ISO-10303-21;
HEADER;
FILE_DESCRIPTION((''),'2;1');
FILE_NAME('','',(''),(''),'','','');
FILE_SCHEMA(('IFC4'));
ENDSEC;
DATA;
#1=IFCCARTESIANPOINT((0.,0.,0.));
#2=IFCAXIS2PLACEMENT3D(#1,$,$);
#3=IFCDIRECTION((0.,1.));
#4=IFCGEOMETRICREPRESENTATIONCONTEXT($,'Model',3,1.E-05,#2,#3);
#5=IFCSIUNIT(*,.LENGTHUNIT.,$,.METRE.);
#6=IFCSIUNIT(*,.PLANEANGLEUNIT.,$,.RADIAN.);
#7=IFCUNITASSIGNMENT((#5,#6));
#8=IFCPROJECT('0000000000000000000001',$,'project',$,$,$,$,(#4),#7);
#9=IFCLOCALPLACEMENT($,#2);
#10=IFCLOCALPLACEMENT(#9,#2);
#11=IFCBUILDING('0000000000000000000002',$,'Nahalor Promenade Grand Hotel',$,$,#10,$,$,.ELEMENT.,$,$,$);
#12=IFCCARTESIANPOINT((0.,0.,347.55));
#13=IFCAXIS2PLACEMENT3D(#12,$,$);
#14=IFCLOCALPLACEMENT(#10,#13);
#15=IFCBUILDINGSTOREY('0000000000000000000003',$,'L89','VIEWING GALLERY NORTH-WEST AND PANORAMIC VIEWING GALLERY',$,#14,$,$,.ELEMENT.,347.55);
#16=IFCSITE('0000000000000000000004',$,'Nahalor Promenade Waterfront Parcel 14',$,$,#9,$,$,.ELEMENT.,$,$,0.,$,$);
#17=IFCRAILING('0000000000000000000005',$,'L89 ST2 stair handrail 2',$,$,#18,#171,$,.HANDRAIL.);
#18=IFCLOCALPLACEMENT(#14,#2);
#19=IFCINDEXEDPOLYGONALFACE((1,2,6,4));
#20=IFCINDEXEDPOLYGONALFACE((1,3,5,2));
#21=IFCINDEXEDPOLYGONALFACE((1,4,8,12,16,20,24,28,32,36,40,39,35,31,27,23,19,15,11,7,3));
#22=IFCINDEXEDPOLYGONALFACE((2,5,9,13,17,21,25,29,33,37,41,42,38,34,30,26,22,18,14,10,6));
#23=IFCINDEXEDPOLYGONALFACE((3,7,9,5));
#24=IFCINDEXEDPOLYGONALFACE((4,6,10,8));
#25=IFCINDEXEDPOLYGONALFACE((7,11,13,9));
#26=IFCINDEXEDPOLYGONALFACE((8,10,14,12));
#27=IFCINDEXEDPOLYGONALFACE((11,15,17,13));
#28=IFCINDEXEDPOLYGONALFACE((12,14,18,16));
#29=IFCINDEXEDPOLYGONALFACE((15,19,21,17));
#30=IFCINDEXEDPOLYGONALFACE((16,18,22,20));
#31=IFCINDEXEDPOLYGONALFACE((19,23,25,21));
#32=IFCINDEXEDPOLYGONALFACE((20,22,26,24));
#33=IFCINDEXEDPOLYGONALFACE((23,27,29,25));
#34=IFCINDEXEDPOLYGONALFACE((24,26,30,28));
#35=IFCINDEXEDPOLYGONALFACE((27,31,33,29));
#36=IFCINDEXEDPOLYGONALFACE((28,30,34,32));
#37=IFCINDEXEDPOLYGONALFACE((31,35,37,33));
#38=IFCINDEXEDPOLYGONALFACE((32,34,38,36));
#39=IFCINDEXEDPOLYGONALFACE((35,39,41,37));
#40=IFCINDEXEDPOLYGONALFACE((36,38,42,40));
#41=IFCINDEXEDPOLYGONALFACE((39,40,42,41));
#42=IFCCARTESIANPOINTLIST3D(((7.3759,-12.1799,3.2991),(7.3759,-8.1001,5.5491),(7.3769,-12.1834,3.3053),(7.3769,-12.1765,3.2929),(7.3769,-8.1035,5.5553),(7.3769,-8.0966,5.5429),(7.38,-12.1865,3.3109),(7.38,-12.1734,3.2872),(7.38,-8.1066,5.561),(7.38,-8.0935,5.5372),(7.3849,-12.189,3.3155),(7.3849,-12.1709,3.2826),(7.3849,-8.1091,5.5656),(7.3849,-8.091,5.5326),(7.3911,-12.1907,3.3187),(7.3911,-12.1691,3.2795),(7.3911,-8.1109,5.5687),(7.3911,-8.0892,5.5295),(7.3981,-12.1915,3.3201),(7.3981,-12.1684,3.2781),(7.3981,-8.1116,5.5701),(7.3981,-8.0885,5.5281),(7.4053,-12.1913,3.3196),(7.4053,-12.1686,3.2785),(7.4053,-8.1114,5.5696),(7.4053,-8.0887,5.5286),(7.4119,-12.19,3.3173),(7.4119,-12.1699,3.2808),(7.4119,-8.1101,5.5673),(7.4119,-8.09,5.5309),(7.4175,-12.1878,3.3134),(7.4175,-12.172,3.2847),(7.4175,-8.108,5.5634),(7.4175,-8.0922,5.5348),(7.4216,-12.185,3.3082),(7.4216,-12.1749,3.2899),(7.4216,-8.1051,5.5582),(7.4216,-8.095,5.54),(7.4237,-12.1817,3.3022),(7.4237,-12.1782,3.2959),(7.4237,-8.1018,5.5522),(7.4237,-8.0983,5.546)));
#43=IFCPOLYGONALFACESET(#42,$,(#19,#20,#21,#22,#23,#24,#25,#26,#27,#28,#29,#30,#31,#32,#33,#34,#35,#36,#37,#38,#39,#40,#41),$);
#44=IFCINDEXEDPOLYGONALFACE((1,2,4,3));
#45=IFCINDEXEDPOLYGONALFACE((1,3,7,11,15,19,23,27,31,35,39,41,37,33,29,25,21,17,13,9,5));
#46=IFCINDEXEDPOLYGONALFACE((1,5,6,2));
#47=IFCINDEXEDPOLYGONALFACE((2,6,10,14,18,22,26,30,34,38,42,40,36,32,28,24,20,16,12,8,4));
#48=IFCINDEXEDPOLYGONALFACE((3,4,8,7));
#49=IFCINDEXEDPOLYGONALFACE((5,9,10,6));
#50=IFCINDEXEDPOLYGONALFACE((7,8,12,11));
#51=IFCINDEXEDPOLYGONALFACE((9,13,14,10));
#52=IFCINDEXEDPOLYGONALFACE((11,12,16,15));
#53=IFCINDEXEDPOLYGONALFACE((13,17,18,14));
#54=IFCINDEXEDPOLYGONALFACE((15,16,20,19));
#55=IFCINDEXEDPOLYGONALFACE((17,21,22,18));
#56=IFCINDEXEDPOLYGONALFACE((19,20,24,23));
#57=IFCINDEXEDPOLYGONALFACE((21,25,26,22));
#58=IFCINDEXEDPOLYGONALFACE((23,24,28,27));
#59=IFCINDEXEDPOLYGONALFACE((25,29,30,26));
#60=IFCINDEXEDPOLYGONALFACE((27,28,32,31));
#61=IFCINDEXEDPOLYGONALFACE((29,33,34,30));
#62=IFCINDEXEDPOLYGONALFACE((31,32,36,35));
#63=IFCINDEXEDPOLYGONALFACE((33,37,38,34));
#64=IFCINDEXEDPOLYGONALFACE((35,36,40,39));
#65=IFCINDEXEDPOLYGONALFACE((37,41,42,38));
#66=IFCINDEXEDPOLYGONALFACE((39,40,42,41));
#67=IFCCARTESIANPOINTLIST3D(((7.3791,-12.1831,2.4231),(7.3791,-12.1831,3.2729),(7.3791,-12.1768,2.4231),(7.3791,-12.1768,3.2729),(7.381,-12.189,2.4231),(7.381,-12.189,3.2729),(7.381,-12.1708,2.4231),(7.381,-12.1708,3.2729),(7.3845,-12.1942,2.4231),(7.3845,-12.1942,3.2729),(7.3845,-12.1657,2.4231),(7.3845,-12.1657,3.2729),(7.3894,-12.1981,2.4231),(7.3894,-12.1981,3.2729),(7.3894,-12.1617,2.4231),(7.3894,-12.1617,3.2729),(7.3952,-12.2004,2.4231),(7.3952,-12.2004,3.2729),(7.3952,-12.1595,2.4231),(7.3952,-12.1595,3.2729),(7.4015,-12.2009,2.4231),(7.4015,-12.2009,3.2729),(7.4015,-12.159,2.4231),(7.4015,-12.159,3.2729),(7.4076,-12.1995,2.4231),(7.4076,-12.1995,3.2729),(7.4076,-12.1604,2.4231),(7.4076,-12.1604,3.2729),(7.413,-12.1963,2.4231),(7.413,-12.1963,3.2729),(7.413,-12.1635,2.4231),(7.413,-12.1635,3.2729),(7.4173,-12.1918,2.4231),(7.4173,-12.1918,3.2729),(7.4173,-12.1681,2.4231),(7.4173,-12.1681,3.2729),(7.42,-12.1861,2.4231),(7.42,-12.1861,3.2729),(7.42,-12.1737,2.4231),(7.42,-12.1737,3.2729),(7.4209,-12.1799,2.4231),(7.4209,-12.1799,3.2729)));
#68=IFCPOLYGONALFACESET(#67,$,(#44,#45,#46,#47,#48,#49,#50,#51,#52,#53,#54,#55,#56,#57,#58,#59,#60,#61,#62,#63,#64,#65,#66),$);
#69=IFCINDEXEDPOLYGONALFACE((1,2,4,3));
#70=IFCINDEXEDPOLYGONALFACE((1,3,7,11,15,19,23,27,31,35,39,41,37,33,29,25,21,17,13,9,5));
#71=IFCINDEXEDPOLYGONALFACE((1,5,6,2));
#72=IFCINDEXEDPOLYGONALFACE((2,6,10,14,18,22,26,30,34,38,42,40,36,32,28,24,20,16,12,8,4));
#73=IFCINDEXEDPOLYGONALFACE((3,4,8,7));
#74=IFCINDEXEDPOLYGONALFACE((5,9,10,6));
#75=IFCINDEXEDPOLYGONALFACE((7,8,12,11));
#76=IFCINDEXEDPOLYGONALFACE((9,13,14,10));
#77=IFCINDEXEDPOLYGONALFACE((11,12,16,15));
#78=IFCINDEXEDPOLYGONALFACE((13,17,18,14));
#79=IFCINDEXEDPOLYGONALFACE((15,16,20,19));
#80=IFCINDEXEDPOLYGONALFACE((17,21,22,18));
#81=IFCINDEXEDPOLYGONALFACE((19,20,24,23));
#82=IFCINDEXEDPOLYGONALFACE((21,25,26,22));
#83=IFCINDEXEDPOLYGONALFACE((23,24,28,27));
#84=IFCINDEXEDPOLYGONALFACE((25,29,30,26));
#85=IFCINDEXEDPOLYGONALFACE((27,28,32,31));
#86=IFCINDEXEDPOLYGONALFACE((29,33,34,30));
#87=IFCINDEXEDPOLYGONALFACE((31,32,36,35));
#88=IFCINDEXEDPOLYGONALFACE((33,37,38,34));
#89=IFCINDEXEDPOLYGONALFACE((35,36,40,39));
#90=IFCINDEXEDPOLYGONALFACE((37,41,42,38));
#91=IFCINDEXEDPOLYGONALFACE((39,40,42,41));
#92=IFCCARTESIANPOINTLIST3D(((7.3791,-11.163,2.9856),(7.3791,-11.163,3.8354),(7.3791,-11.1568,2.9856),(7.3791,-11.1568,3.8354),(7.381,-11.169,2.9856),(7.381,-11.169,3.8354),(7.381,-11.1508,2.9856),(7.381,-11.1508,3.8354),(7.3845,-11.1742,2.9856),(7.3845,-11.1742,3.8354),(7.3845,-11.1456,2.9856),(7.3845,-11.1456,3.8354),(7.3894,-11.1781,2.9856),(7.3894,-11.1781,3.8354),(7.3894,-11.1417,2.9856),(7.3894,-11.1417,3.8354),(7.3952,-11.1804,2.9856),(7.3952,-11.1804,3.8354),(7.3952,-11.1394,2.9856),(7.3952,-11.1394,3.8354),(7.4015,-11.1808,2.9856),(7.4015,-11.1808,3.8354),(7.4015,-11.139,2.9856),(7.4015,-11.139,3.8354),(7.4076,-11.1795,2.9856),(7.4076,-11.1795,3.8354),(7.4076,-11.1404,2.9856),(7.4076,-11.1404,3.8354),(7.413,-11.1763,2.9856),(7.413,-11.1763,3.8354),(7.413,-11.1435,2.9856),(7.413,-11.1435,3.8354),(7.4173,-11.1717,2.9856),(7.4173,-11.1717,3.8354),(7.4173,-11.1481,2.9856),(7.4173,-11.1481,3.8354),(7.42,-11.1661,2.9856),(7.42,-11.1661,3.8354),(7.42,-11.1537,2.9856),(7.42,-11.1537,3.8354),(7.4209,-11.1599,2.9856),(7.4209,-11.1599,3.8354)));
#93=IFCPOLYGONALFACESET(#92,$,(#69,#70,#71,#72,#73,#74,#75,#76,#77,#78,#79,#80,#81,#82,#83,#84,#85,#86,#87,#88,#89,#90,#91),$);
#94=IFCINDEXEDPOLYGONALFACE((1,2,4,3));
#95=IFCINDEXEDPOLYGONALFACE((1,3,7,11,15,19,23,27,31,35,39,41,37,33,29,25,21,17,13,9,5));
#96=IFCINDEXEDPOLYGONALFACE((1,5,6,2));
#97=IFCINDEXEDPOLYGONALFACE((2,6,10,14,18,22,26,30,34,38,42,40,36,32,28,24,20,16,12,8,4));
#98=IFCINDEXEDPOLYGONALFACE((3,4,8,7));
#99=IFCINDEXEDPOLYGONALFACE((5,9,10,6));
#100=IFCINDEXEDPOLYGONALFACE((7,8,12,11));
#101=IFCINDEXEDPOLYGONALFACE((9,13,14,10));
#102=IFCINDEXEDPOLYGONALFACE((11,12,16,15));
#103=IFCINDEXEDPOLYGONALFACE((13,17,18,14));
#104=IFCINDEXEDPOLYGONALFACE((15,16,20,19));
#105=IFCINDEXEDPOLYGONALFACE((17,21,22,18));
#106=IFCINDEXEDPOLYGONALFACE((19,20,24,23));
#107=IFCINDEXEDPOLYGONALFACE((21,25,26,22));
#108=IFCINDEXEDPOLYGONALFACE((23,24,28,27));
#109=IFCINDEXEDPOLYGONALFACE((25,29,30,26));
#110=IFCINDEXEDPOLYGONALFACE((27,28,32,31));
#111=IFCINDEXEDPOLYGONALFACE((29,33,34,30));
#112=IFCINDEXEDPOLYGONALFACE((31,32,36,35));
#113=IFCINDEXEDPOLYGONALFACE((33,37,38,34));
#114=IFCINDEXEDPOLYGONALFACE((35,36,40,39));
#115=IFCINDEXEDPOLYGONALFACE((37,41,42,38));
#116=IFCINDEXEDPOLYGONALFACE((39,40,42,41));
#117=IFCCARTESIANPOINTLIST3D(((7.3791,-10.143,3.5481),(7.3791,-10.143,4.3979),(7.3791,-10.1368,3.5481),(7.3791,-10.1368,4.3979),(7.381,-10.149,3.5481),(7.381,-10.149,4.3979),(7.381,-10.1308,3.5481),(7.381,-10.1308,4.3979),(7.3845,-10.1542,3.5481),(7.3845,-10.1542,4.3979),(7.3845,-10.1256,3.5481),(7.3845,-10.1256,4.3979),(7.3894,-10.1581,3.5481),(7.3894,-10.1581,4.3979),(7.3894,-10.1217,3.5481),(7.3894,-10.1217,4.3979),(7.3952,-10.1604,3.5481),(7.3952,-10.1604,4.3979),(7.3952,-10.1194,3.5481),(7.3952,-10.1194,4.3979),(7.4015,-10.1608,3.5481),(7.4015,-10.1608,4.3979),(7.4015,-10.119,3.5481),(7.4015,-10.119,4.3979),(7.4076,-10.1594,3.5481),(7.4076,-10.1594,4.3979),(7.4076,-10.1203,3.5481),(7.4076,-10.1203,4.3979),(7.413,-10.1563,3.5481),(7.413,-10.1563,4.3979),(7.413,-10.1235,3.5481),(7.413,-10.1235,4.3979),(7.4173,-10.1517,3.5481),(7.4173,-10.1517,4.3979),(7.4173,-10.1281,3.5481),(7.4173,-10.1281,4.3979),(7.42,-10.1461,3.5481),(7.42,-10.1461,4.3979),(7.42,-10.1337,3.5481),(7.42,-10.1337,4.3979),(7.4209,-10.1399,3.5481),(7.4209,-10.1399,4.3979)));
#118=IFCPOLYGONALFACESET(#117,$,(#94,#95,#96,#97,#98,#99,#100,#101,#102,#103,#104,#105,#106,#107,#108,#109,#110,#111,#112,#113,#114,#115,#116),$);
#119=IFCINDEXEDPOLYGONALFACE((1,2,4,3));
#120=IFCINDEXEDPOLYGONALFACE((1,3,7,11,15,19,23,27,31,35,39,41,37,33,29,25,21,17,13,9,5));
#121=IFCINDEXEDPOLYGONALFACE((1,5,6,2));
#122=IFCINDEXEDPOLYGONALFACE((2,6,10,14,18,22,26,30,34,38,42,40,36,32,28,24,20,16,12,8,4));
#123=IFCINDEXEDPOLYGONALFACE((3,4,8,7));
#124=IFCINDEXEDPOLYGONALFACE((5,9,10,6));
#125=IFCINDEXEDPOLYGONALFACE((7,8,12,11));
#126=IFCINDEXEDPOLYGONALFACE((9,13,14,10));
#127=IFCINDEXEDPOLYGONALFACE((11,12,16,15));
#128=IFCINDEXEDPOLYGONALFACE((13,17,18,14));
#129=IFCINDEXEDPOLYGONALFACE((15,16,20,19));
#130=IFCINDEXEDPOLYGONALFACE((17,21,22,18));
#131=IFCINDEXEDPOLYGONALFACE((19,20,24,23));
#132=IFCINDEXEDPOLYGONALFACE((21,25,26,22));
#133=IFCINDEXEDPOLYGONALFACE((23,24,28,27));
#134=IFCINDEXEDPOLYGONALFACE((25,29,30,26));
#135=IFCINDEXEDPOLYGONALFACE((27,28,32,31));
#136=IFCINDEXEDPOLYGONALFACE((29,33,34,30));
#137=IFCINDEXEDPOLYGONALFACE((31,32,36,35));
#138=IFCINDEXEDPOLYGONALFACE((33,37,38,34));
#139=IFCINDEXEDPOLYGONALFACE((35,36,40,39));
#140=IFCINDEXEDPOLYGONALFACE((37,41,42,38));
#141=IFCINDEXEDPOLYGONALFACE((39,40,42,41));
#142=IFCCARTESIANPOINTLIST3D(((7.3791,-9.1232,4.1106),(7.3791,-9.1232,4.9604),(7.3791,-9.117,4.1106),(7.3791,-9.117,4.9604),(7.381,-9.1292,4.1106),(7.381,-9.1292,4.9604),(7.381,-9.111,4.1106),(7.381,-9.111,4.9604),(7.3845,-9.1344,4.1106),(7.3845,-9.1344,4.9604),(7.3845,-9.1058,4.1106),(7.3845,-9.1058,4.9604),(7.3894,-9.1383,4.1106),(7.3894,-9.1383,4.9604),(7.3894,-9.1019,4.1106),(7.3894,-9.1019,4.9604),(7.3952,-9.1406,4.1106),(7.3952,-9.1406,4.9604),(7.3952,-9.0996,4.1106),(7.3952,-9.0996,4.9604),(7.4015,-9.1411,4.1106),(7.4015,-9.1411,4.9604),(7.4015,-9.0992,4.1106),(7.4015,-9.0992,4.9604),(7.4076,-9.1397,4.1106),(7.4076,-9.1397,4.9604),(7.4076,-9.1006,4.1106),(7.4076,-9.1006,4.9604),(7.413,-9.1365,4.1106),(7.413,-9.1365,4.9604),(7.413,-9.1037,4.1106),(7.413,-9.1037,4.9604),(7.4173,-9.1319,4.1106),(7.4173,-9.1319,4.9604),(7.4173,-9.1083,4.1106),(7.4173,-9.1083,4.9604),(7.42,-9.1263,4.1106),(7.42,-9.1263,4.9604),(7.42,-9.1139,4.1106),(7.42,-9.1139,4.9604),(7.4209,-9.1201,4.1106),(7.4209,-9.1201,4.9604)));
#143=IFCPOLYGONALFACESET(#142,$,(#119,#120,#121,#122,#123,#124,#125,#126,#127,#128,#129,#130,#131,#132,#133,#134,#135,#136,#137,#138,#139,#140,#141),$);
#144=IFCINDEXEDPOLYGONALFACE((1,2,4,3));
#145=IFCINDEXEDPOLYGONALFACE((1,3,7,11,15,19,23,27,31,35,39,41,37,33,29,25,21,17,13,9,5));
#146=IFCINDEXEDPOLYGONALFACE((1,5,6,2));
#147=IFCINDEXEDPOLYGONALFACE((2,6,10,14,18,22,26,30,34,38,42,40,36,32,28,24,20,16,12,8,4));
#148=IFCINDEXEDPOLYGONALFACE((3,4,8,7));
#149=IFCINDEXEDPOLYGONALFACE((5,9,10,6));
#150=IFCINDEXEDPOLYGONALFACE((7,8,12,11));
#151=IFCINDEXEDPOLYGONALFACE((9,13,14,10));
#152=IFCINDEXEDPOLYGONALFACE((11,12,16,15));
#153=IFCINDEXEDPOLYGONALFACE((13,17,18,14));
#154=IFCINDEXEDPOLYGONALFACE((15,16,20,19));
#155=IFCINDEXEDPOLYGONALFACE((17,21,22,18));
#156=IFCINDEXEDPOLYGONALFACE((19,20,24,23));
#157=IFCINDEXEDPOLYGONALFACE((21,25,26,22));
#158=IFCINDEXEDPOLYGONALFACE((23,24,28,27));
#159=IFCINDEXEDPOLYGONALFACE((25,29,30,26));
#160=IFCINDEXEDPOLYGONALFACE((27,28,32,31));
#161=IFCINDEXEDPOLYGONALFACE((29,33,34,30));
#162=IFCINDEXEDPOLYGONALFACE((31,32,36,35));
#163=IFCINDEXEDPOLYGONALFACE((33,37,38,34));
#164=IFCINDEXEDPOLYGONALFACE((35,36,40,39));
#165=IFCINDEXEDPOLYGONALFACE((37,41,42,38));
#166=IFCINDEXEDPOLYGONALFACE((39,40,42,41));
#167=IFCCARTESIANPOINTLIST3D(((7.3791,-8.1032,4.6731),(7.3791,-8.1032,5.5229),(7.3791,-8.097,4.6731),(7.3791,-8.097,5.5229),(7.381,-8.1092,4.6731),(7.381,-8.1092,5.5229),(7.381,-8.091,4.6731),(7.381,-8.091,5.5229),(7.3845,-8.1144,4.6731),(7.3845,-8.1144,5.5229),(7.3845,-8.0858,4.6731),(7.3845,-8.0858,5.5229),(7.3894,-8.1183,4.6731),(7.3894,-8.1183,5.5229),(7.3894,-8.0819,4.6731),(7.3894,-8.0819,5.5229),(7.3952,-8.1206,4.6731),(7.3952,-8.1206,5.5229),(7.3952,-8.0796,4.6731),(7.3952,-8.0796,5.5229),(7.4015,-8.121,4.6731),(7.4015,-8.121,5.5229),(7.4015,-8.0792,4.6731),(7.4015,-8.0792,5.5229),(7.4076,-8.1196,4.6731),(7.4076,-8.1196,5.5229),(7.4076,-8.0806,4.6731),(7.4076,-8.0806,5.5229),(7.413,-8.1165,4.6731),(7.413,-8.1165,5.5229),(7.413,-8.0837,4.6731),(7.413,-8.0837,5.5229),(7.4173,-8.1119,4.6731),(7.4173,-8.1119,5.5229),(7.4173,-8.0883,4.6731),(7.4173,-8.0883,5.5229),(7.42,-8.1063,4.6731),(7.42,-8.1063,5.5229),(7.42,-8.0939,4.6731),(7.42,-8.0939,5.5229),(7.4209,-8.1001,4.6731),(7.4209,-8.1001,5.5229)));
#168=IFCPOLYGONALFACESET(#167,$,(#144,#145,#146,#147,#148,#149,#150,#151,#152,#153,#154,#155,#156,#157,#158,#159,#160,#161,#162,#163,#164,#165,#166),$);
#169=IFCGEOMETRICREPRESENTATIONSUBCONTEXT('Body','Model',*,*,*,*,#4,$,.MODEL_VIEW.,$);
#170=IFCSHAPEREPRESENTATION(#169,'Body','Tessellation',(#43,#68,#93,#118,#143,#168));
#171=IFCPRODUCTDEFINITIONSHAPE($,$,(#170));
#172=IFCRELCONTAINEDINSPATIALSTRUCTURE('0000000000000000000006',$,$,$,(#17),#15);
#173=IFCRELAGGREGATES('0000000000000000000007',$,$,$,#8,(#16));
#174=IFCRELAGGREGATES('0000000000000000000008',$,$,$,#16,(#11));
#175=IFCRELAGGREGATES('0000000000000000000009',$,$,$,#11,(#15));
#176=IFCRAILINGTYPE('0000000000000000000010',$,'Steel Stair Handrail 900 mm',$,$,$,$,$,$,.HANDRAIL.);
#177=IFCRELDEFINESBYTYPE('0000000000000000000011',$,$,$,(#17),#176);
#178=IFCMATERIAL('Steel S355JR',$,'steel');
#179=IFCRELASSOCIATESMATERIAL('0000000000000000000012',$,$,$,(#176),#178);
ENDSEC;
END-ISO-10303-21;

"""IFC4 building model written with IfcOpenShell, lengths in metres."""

from ifc_helpers import new_model, si_unit, direction, frame, origin, origin_2d, place, context, subcontext, project, spatial, circle, extrude, material, type_object, element, save


model = new_model("IFC4")

# Units and contexts
model_context = context("Model", 3, precision=1e-05, world=origin(), true_north=direction((0.0, 1.0)))
body_context = subcontext(model_context, "Body", "Model", "MODEL_VIEW")
ifc_project = project(units=[si_unit("LENGTHUNIT", "METRE"), si_unit("PLANEANGLEUNIT", "RADIAN")], contexts=[model_context])

# Site, building, storey
site_placement = place(None, origin())
site = spatial("IfcSite", under=ifc_project, at=site_placement, Name="Nahalor Promenade Waterfront Parcel 14", CompositionType="ELEMENT", RefElevation=0.0)
building_placement = place(site_placement, origin())
building = spatial("IfcBuilding", under=site, at=building_placement, Name="Nahalor Promenade Grand Hotel", CompositionType="ELEMENT")
storey_placement = place(building_placement, frame((0.0, 0.0, 347.55)))
storey = spatial("IfcBuildingStorey", under=building, at=storey_placement, Name="L89", Description="VIEWING GALLERY NORTH-WEST AND PANORAMIC VIEWING GALLERY", CompositionType="ELEMENT", Elevation=347.55)

# Shared definitions
ifc_material_1 = material(Name="Steel S355JR", Category="steel")

# Railing
railing_type_1 = type_object("IfcRailingType", Name="Steel Stair Handrail 900 mm", PredefinedType="HANDRAIL", material=ifc_material_1)
railing_1_placement = place(storey_placement, frame((7.3999, -12.1799, 2.4231)))
element("IfcRailing", 1, at=railing_1_placement, inside=storey, type_object=railing_type_1, Name="L89 ST2 stair handrail 2", PredefinedType="HANDRAIL", context=body_context, shape_type="SweptSolid", body=[
    extrude(circle(Radius=0.024, at=origin_2d()), frame((0.0, 0.0, 0.876), z_axis=(0.0, 0.875663, 0.482922), x_axis=(-1.0, 0.0, 0.0)), (0.0, 0.0, 1.0), 4.6592),
    extrude(circle(Radius=0.021, at=origin_2d()), origin(), (0.0, 0.0, 1.0), 0.8499),
    extrude(circle(Radius=0.021, at=origin_2d()), frame((0.0, 1.02, 0.5625)), (0.0, 0.0, 1.0), 0.8499),
    extrude(circle(Radius=0.021, at=origin_2d()), frame((0.0, 2.04, 1.125)), (0.0, 0.0, 1.0), 0.8499),
    extrude(circle(Radius=0.021, at=origin_2d()), frame((0.0, 3.0598, 1.6875)), (0.0, 0.0, 1.0), 0.8499),
    extrude(circle(Radius=0.021, at=origin_2d()), frame((0.0, 4.0798, 2.25)), (0.0, 0.0, 1.0), 0.8499),
])

save(model, "model.ifc")
